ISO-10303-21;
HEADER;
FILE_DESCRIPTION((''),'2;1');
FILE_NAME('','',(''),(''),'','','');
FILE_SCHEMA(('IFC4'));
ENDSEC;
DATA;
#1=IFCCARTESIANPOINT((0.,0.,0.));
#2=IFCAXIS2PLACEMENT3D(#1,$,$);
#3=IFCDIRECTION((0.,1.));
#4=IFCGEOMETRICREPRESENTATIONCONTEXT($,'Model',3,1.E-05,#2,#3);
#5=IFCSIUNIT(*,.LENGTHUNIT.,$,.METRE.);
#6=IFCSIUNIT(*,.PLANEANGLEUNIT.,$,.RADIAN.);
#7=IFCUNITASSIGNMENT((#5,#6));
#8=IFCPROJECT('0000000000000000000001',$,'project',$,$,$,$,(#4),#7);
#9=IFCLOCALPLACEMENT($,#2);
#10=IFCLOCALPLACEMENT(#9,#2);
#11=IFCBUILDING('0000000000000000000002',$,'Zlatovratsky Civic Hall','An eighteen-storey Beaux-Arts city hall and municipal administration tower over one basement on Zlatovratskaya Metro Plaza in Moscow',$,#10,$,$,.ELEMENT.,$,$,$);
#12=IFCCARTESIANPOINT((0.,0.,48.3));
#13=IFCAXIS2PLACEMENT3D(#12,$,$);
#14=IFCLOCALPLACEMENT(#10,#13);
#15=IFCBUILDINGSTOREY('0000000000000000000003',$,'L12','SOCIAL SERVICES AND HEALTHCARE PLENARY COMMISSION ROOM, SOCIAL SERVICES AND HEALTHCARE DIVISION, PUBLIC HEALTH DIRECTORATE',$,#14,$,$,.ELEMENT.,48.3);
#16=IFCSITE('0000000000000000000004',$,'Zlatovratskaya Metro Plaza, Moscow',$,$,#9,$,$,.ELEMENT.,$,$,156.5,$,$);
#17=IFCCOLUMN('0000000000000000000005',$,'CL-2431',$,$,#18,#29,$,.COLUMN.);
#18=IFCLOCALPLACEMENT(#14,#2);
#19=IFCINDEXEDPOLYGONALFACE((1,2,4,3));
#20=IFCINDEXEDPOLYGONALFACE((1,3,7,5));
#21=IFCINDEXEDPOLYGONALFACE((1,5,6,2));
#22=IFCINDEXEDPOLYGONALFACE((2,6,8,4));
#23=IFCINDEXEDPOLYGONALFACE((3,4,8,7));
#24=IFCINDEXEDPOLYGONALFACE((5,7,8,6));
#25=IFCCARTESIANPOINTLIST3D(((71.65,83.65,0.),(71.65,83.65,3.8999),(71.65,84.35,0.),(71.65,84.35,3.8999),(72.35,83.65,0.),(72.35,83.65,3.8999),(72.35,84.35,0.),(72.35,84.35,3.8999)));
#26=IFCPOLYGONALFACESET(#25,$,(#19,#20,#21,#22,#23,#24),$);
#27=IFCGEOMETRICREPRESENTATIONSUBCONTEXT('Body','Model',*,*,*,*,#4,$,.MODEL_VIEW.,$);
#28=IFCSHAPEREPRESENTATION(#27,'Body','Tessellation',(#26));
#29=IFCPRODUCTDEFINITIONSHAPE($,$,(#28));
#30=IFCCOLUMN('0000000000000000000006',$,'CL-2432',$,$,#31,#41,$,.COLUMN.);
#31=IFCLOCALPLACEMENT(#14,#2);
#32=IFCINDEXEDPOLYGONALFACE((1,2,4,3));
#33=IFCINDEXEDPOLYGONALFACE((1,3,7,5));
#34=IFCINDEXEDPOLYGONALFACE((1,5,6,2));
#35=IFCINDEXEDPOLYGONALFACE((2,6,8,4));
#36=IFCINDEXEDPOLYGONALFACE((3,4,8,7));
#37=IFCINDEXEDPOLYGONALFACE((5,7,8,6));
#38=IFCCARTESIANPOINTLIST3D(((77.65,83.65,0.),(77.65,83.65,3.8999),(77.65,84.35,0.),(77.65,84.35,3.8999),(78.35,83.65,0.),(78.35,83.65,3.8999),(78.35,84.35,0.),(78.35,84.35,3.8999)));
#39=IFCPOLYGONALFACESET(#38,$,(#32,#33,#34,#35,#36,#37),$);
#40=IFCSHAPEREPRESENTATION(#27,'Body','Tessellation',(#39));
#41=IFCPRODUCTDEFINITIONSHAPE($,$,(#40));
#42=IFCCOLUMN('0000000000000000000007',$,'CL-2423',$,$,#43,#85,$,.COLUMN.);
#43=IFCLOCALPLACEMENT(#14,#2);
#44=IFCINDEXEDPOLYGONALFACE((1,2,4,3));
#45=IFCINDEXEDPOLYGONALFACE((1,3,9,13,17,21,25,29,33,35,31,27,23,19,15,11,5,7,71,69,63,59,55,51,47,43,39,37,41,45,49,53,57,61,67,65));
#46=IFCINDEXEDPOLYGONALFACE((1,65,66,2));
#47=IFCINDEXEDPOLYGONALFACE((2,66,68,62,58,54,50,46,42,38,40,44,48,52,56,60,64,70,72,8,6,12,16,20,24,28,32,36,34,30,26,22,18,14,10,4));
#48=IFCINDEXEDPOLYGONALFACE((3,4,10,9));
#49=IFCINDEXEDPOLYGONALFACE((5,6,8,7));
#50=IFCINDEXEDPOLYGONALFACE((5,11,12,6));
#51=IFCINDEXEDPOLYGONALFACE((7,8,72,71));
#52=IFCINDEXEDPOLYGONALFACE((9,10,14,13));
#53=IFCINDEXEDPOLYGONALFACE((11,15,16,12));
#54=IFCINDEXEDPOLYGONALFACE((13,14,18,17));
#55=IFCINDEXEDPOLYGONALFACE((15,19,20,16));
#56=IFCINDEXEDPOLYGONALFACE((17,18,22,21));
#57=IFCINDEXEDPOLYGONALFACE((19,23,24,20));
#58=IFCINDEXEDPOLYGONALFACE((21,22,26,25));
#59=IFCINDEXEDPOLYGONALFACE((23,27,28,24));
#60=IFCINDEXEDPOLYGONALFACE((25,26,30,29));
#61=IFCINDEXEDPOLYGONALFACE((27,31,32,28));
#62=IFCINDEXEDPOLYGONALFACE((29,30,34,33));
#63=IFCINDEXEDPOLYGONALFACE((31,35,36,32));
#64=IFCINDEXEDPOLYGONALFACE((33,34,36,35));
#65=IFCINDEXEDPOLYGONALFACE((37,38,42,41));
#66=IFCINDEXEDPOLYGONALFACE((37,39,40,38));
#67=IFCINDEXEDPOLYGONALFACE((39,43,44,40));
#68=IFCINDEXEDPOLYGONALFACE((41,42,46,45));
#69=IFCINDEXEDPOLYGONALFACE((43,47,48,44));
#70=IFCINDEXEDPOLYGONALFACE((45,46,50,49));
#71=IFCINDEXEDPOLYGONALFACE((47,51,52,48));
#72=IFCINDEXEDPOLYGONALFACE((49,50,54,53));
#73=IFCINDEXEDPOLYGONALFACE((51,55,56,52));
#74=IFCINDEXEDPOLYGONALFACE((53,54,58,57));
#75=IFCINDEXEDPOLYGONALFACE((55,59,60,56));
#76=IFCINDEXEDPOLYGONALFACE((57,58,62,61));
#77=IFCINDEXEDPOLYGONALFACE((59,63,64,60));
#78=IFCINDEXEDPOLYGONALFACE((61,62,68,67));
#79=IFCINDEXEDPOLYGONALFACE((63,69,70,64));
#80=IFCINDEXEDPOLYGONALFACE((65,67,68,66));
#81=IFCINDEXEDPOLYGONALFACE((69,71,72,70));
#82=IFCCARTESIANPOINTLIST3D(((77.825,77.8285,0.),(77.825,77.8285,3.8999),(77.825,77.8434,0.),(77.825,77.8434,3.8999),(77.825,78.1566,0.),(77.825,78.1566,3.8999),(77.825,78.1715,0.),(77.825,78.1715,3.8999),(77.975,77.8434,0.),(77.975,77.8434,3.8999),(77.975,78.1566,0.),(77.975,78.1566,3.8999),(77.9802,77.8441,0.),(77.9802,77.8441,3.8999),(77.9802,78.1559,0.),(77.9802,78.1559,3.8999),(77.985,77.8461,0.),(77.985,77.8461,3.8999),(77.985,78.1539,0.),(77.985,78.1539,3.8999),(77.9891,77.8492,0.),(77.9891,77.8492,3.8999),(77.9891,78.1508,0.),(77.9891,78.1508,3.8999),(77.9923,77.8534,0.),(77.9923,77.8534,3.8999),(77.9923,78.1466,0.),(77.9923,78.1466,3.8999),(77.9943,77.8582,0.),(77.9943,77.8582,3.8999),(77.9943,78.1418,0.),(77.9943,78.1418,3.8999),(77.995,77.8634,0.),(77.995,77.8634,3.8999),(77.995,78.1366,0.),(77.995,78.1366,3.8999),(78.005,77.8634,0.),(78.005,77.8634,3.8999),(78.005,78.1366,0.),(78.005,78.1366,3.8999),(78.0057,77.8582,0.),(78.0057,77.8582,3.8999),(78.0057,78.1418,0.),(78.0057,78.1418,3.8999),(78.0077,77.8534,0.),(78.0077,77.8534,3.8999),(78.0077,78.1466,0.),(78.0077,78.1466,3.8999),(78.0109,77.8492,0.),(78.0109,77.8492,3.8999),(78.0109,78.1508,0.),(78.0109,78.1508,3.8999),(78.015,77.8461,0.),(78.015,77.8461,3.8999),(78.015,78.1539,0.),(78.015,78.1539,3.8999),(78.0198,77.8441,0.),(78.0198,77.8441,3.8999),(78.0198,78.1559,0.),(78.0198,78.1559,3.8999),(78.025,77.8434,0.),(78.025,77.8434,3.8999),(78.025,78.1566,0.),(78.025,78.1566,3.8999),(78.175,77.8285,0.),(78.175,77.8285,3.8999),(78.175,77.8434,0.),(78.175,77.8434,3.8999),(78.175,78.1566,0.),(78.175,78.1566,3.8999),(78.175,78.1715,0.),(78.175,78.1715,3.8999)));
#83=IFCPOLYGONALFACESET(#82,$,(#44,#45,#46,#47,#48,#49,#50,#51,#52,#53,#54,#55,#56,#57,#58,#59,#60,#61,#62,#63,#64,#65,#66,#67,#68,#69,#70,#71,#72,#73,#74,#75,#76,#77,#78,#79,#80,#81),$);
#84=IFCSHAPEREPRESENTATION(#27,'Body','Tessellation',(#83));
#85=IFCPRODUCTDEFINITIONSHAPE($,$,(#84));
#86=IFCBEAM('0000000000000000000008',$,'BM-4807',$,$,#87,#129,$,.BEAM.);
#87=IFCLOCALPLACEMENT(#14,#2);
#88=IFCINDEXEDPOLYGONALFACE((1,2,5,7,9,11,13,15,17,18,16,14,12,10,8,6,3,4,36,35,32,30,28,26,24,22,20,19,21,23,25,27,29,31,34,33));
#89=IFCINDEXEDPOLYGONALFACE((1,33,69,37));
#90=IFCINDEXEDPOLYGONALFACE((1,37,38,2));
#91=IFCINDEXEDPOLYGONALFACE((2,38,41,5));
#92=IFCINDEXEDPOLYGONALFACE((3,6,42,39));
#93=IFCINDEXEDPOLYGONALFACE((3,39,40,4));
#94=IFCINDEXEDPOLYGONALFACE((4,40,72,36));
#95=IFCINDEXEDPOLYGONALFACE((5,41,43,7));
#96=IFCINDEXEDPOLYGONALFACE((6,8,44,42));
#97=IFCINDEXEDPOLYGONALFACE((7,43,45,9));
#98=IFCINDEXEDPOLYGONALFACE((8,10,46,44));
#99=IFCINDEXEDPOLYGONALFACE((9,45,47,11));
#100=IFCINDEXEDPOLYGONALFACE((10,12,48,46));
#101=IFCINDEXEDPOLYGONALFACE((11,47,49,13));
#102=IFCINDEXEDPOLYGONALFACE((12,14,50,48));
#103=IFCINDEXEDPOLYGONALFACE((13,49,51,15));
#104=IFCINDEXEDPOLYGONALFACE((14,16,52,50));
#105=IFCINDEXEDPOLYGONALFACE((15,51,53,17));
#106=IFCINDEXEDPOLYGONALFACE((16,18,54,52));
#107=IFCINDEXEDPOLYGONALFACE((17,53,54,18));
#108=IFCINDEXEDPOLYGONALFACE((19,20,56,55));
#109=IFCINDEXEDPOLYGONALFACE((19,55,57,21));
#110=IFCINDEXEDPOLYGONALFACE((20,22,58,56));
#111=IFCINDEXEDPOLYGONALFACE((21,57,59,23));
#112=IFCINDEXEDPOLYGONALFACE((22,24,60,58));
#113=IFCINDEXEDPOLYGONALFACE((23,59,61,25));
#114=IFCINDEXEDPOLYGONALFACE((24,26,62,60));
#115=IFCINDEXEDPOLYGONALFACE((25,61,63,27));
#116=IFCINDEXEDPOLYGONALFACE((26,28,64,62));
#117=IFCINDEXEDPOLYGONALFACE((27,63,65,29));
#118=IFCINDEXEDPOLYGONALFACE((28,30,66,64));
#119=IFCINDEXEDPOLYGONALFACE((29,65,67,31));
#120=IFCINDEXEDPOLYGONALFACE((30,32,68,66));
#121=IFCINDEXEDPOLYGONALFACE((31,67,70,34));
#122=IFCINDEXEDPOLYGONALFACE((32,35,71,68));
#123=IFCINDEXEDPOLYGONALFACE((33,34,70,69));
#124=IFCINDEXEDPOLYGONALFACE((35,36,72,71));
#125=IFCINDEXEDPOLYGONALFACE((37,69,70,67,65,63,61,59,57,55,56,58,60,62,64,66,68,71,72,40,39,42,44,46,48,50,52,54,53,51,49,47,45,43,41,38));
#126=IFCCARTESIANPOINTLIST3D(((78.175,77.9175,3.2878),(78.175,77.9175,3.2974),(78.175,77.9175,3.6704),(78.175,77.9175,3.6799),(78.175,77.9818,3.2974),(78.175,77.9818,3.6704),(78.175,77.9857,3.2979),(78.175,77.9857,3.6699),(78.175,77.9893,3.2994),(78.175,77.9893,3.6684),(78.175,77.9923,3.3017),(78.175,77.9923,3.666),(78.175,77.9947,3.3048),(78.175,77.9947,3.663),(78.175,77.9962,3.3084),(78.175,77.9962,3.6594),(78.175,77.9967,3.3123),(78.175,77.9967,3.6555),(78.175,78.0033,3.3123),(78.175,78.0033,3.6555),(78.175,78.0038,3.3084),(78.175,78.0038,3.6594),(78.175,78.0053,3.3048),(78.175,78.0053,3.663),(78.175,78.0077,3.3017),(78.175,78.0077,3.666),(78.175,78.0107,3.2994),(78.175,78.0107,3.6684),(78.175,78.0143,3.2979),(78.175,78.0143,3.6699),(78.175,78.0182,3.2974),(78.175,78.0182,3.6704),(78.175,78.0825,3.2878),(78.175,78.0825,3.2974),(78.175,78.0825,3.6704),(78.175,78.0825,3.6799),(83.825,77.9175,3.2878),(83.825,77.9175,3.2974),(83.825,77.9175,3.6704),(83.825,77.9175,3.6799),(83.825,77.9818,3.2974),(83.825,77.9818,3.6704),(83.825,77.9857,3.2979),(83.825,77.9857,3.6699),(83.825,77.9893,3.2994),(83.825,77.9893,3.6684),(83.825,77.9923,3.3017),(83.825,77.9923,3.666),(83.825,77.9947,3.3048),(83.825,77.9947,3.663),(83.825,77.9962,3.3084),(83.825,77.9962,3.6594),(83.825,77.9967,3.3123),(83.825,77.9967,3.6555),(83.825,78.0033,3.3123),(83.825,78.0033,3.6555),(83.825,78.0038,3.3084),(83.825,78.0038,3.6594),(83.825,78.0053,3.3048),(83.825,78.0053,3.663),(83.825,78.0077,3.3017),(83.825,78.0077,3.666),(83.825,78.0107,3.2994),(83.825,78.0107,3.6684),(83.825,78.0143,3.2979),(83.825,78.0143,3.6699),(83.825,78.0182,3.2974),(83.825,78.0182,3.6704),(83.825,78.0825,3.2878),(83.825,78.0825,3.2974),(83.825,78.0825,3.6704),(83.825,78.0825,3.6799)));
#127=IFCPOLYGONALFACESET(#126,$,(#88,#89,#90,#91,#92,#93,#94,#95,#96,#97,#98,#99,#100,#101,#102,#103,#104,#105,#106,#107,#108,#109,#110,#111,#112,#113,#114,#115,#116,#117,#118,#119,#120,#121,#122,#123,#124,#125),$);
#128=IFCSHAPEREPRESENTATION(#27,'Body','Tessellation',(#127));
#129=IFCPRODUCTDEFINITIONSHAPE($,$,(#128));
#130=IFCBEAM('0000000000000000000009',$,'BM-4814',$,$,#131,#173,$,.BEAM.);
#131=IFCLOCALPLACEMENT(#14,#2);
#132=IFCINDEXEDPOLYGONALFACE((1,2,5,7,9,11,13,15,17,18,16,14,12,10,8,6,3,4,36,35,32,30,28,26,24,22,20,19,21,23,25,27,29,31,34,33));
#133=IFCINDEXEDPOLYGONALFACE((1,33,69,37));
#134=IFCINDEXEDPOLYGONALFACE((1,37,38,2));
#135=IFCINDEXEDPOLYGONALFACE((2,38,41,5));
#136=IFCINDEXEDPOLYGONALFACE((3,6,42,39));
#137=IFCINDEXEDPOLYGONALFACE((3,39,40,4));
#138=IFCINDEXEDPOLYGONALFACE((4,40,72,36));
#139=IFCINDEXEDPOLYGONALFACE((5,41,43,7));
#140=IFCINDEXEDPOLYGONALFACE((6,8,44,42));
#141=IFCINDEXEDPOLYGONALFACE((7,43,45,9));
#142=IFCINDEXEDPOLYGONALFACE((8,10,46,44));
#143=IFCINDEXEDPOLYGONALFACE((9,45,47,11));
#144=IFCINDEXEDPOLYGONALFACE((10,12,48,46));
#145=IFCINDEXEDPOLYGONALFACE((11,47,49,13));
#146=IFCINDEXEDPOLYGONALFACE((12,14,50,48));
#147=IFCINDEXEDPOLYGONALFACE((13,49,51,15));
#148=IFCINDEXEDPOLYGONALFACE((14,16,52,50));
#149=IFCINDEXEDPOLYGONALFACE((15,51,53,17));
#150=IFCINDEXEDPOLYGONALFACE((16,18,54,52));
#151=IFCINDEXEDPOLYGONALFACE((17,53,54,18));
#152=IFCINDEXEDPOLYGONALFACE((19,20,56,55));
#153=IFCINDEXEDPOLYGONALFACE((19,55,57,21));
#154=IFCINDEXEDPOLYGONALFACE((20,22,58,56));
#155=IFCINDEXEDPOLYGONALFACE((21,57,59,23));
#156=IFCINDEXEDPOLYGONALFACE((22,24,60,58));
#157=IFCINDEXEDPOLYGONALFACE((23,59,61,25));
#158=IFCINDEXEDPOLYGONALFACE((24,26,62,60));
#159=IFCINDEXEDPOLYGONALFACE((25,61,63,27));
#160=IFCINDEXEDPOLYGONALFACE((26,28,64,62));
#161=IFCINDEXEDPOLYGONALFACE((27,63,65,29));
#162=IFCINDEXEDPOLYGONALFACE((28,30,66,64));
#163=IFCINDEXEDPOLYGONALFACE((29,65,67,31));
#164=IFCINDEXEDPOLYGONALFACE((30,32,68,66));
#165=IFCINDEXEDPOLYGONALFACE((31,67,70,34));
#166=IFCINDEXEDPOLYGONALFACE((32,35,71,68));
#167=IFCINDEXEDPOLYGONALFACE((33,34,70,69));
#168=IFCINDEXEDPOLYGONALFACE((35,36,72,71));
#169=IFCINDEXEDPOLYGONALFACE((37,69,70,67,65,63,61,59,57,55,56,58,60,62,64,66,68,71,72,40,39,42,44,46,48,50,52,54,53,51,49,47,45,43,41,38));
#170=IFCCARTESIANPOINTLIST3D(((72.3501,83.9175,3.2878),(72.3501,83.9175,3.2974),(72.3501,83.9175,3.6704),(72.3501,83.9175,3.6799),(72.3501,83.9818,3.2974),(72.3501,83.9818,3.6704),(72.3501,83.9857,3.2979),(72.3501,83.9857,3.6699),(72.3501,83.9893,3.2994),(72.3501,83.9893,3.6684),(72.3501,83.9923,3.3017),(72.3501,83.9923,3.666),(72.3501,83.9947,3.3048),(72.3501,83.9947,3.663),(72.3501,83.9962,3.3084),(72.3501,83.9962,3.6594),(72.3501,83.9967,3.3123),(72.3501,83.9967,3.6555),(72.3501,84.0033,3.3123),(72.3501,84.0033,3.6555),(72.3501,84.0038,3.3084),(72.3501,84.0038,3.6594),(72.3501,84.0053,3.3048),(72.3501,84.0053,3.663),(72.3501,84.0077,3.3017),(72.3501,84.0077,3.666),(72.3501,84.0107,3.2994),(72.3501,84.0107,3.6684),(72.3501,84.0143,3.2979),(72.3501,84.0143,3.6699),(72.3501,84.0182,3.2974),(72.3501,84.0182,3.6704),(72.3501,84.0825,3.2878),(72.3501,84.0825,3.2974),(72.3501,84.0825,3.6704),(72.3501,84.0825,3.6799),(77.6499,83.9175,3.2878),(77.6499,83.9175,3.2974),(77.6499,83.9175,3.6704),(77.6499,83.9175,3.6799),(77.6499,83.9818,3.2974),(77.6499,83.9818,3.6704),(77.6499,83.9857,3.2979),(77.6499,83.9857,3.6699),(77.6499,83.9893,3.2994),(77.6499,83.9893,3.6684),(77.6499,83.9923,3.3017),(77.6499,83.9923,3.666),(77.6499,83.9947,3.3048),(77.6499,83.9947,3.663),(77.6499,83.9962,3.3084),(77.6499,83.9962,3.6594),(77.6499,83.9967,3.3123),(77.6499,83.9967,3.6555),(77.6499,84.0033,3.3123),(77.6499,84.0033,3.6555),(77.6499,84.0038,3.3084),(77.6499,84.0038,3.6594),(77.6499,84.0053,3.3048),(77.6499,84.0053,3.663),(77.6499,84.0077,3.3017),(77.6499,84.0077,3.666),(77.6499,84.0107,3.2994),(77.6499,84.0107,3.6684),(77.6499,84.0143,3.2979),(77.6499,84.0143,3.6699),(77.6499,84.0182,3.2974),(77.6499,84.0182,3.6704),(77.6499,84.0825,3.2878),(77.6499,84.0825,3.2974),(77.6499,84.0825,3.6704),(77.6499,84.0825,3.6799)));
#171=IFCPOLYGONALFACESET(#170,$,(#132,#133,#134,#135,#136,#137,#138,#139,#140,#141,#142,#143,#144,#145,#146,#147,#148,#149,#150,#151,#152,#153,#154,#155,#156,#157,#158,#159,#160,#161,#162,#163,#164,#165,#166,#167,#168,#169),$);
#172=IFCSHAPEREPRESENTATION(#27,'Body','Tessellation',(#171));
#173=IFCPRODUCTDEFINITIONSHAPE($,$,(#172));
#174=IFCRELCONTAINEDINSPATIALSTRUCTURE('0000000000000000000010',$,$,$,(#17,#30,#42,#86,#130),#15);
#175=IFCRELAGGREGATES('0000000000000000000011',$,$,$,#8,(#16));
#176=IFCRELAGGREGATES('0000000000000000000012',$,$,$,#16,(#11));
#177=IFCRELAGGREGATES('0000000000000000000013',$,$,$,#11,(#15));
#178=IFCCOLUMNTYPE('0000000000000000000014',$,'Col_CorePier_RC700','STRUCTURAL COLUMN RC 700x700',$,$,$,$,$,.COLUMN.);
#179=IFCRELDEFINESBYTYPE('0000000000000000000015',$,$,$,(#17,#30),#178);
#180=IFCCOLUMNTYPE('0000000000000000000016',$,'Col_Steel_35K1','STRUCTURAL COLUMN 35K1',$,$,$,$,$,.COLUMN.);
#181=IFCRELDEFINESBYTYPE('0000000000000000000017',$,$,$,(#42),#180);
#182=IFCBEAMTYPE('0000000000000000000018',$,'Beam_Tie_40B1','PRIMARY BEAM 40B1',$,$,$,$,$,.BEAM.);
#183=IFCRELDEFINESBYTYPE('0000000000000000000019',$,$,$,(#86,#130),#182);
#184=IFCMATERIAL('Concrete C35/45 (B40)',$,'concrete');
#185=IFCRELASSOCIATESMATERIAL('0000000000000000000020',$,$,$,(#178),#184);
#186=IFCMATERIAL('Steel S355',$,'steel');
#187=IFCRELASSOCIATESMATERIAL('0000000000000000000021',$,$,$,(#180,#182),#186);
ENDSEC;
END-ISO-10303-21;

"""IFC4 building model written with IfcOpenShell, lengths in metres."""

from ifc_helpers import new_model, si_unit, direction, frame, origin, origin_2d, place, context, subcontext, project, spatial, rectangle, i_section, extrude, material, material_profile, profile_set, type_object, element, save


model = new_model("IFC4")

# Units and contexts
model_context = context("Model", 3, precision=1e-05, world=origin(), true_north=direction((0.0, 1.0)))
body_context = subcontext(model_context, "Body", "Model", "MODEL_VIEW")
ifc_project = project(units=[si_unit("LENGTHUNIT", "METRE"), si_unit("PLANEANGLEUNIT", "RADIAN")], contexts=[model_context])

# Site, building, storey
site_placement = place(None, origin())
site = spatial("IfcSite", under=ifc_project, at=site_placement, Name="Zlatovratskaya Metro Plaza, Moscow", CompositionType="ELEMENT", RefElevation=156.5)
building_placement = place(site_placement, origin())
building = spatial("IfcBuilding", under=site, at=building_placement, Name="Zlatovratsky Civic Hall", Description="An eighteen-storey Beaux-Arts city hall and municipal administration tower over one basement on Zlatovratskaya Metro Plaza in Moscow", CompositionType="ELEMENT")
storey_placement = place(building_placement, frame((0.0, 0.0, 48.3)))
storey = spatial("IfcBuildingStorey", under=building, at=storey_placement, Name="L12", Description="SOCIAL SERVICES AND HEALTHCARE PLENARY COMMISSION ROOM, SOCIAL SERVICES AND HEALTHCARE DIVISION, PUBLIC HEALTH DIRECTORATE", CompositionType="ELEMENT", Elevation=48.3)

# Columns
ifc_material_1 = material(Name="Concrete C35/45 (B40)", Category="concrete")
ifc_material_profile_1 = material_profile(ifc_material_1, rectangle(XDim=0.7, YDim=0.7, at=origin_2d()), Name="RC 700x700")
ifc_profile_set_1 = profile_set([ifc_material_profile_1], Name="Concrete C35/45 (B40)")
column_type_1 = type_object("IfcColumnType", Name="Col_CorePier_RC700", Description="STRUCTURAL COLUMN RC 700x700", PredefinedType="COLUMN", material=ifc_profile_set_1)
for number, where, z_axis, x_axis, name in (
    (1, (72.0, 84.0, 0.0), (0.0, 0.0, 1.0), (1.0, 0.0, 0.0), "CL-2431"),
    (2, (78.0, 84.0, 0.0), (0.0, 0.0, 1.0), (1.0, 0.0, 0.0), "CL-2432"),
):
    element("IfcColumn", number, at=place(storey_placement, frame(where, z_axis=z_axis, x_axis=x_axis)), inside=storey, type_object=column_type_1, Name=name, PredefinedType="COLUMN", context=body_context, shape_type="SweptSolid", body=[
        extrude(rectangle(XDim=0.7, YDim=0.7, at=origin_2d()), origin(), (0.0, 0.0, 1.0), 3.8999),
    ])
ifc_material_2 = material(Name="Steel S355", Category="steel")
ifc_material_profile_2 = material_profile(ifc_material_2, i_section(OverallWidth=0.3501, OverallDepth=0.343, WebThickness=0.01, FlangeThickness=0.0149, FilletRadius=0.02, at=origin_2d()), Name="35K1")
ifc_profile_set_2 = profile_set([ifc_material_profile_2], Name="Steel S355")
column_type_2 = type_object("IfcColumnType", Name="Col_Steel_35K1", Description="STRUCTURAL COLUMN 35K1", PredefinedType="COLUMN", material=ifc_profile_set_2)
column_placement = place(storey_placement, frame((78.0, 78.0, 0.0), z_axis=(0.0, 0.0, 1.0), x_axis=(1.0, 0.0, 0.0)))
element("IfcColumn", 3, at=column_placement, inside=storey, type_object=column_type_2, Name="CL-2423", PredefinedType="COLUMN", context=body_context, shape_type="SweptSolid", body=[
    extrude(i_section(OverallWidth=0.3501, OverallDepth=0.343, WebThickness=0.01, FlangeThickness=0.0149, FilletRadius=0.02, at=origin_2d()), origin(), (0.0, 0.0, 1.0), 3.8999),
])

# Beams
ifc_material_profile_3 = material_profile(ifc_material_2, i_section(OverallWidth=0.165, OverallDepth=0.3921, WebThickness=0.0066, FlangeThickness=0.0095, FilletRadius=0.0149, at=origin_2d()), Name="40B1")
ifc_profile_set_3 = profile_set([ifc_material_profile_3], Name="Steel S355")
beam_type = type_object("IfcBeamType", Name="Beam_Tie_40B1", Description="PRIMARY BEAM 40B1", PredefinedType="BEAM", material=ifc_profile_set_3)
beam_1_placement = place(storey_placement, frame((78.175, 78.0, 3.4839), z_axis=(1.0, 0.0, 0.0), x_axis=(0.0, 1.0, 0.0)))
element("IfcBeam", 4, at=beam_1_placement, inside=storey, type_object=beam_type, Name="BM-4807", PredefinedType="BEAM", context=body_context, shape_type="SweptSolid", body=[
    extrude(i_section(OverallWidth=0.165, OverallDepth=0.3921, WebThickness=0.0066, FlangeThickness=0.0095, FilletRadius=0.0149, at=origin_2d()), origin(), (0.0, 0.0, 1.0), 5.6499),
])
for number, where, z_axis, x_axis, name in (
    (5, (72.3501, 84.0, 3.4839), (1.0, 0.0, 0.0), (0.0, 1.0, 0.0), "BM-4814"),
):
    element("IfcBeam", number, at=place(storey_placement, frame(where, z_axis=z_axis, x_axis=x_axis)), inside=storey, type_object=beam_type, Name=name, PredefinedType="BEAM", context=body_context, shape_type="SweptSolid", body=[
        extrude(i_section(OverallWidth=0.165, OverallDepth=0.3921, WebThickness=0.0066, FlangeThickness=0.0095, FilletRadius=0.0149, at=origin_2d()), origin(), (0.0, 0.0, 1.0), 5.2998),
    ])

save(model, "model.ifc")
